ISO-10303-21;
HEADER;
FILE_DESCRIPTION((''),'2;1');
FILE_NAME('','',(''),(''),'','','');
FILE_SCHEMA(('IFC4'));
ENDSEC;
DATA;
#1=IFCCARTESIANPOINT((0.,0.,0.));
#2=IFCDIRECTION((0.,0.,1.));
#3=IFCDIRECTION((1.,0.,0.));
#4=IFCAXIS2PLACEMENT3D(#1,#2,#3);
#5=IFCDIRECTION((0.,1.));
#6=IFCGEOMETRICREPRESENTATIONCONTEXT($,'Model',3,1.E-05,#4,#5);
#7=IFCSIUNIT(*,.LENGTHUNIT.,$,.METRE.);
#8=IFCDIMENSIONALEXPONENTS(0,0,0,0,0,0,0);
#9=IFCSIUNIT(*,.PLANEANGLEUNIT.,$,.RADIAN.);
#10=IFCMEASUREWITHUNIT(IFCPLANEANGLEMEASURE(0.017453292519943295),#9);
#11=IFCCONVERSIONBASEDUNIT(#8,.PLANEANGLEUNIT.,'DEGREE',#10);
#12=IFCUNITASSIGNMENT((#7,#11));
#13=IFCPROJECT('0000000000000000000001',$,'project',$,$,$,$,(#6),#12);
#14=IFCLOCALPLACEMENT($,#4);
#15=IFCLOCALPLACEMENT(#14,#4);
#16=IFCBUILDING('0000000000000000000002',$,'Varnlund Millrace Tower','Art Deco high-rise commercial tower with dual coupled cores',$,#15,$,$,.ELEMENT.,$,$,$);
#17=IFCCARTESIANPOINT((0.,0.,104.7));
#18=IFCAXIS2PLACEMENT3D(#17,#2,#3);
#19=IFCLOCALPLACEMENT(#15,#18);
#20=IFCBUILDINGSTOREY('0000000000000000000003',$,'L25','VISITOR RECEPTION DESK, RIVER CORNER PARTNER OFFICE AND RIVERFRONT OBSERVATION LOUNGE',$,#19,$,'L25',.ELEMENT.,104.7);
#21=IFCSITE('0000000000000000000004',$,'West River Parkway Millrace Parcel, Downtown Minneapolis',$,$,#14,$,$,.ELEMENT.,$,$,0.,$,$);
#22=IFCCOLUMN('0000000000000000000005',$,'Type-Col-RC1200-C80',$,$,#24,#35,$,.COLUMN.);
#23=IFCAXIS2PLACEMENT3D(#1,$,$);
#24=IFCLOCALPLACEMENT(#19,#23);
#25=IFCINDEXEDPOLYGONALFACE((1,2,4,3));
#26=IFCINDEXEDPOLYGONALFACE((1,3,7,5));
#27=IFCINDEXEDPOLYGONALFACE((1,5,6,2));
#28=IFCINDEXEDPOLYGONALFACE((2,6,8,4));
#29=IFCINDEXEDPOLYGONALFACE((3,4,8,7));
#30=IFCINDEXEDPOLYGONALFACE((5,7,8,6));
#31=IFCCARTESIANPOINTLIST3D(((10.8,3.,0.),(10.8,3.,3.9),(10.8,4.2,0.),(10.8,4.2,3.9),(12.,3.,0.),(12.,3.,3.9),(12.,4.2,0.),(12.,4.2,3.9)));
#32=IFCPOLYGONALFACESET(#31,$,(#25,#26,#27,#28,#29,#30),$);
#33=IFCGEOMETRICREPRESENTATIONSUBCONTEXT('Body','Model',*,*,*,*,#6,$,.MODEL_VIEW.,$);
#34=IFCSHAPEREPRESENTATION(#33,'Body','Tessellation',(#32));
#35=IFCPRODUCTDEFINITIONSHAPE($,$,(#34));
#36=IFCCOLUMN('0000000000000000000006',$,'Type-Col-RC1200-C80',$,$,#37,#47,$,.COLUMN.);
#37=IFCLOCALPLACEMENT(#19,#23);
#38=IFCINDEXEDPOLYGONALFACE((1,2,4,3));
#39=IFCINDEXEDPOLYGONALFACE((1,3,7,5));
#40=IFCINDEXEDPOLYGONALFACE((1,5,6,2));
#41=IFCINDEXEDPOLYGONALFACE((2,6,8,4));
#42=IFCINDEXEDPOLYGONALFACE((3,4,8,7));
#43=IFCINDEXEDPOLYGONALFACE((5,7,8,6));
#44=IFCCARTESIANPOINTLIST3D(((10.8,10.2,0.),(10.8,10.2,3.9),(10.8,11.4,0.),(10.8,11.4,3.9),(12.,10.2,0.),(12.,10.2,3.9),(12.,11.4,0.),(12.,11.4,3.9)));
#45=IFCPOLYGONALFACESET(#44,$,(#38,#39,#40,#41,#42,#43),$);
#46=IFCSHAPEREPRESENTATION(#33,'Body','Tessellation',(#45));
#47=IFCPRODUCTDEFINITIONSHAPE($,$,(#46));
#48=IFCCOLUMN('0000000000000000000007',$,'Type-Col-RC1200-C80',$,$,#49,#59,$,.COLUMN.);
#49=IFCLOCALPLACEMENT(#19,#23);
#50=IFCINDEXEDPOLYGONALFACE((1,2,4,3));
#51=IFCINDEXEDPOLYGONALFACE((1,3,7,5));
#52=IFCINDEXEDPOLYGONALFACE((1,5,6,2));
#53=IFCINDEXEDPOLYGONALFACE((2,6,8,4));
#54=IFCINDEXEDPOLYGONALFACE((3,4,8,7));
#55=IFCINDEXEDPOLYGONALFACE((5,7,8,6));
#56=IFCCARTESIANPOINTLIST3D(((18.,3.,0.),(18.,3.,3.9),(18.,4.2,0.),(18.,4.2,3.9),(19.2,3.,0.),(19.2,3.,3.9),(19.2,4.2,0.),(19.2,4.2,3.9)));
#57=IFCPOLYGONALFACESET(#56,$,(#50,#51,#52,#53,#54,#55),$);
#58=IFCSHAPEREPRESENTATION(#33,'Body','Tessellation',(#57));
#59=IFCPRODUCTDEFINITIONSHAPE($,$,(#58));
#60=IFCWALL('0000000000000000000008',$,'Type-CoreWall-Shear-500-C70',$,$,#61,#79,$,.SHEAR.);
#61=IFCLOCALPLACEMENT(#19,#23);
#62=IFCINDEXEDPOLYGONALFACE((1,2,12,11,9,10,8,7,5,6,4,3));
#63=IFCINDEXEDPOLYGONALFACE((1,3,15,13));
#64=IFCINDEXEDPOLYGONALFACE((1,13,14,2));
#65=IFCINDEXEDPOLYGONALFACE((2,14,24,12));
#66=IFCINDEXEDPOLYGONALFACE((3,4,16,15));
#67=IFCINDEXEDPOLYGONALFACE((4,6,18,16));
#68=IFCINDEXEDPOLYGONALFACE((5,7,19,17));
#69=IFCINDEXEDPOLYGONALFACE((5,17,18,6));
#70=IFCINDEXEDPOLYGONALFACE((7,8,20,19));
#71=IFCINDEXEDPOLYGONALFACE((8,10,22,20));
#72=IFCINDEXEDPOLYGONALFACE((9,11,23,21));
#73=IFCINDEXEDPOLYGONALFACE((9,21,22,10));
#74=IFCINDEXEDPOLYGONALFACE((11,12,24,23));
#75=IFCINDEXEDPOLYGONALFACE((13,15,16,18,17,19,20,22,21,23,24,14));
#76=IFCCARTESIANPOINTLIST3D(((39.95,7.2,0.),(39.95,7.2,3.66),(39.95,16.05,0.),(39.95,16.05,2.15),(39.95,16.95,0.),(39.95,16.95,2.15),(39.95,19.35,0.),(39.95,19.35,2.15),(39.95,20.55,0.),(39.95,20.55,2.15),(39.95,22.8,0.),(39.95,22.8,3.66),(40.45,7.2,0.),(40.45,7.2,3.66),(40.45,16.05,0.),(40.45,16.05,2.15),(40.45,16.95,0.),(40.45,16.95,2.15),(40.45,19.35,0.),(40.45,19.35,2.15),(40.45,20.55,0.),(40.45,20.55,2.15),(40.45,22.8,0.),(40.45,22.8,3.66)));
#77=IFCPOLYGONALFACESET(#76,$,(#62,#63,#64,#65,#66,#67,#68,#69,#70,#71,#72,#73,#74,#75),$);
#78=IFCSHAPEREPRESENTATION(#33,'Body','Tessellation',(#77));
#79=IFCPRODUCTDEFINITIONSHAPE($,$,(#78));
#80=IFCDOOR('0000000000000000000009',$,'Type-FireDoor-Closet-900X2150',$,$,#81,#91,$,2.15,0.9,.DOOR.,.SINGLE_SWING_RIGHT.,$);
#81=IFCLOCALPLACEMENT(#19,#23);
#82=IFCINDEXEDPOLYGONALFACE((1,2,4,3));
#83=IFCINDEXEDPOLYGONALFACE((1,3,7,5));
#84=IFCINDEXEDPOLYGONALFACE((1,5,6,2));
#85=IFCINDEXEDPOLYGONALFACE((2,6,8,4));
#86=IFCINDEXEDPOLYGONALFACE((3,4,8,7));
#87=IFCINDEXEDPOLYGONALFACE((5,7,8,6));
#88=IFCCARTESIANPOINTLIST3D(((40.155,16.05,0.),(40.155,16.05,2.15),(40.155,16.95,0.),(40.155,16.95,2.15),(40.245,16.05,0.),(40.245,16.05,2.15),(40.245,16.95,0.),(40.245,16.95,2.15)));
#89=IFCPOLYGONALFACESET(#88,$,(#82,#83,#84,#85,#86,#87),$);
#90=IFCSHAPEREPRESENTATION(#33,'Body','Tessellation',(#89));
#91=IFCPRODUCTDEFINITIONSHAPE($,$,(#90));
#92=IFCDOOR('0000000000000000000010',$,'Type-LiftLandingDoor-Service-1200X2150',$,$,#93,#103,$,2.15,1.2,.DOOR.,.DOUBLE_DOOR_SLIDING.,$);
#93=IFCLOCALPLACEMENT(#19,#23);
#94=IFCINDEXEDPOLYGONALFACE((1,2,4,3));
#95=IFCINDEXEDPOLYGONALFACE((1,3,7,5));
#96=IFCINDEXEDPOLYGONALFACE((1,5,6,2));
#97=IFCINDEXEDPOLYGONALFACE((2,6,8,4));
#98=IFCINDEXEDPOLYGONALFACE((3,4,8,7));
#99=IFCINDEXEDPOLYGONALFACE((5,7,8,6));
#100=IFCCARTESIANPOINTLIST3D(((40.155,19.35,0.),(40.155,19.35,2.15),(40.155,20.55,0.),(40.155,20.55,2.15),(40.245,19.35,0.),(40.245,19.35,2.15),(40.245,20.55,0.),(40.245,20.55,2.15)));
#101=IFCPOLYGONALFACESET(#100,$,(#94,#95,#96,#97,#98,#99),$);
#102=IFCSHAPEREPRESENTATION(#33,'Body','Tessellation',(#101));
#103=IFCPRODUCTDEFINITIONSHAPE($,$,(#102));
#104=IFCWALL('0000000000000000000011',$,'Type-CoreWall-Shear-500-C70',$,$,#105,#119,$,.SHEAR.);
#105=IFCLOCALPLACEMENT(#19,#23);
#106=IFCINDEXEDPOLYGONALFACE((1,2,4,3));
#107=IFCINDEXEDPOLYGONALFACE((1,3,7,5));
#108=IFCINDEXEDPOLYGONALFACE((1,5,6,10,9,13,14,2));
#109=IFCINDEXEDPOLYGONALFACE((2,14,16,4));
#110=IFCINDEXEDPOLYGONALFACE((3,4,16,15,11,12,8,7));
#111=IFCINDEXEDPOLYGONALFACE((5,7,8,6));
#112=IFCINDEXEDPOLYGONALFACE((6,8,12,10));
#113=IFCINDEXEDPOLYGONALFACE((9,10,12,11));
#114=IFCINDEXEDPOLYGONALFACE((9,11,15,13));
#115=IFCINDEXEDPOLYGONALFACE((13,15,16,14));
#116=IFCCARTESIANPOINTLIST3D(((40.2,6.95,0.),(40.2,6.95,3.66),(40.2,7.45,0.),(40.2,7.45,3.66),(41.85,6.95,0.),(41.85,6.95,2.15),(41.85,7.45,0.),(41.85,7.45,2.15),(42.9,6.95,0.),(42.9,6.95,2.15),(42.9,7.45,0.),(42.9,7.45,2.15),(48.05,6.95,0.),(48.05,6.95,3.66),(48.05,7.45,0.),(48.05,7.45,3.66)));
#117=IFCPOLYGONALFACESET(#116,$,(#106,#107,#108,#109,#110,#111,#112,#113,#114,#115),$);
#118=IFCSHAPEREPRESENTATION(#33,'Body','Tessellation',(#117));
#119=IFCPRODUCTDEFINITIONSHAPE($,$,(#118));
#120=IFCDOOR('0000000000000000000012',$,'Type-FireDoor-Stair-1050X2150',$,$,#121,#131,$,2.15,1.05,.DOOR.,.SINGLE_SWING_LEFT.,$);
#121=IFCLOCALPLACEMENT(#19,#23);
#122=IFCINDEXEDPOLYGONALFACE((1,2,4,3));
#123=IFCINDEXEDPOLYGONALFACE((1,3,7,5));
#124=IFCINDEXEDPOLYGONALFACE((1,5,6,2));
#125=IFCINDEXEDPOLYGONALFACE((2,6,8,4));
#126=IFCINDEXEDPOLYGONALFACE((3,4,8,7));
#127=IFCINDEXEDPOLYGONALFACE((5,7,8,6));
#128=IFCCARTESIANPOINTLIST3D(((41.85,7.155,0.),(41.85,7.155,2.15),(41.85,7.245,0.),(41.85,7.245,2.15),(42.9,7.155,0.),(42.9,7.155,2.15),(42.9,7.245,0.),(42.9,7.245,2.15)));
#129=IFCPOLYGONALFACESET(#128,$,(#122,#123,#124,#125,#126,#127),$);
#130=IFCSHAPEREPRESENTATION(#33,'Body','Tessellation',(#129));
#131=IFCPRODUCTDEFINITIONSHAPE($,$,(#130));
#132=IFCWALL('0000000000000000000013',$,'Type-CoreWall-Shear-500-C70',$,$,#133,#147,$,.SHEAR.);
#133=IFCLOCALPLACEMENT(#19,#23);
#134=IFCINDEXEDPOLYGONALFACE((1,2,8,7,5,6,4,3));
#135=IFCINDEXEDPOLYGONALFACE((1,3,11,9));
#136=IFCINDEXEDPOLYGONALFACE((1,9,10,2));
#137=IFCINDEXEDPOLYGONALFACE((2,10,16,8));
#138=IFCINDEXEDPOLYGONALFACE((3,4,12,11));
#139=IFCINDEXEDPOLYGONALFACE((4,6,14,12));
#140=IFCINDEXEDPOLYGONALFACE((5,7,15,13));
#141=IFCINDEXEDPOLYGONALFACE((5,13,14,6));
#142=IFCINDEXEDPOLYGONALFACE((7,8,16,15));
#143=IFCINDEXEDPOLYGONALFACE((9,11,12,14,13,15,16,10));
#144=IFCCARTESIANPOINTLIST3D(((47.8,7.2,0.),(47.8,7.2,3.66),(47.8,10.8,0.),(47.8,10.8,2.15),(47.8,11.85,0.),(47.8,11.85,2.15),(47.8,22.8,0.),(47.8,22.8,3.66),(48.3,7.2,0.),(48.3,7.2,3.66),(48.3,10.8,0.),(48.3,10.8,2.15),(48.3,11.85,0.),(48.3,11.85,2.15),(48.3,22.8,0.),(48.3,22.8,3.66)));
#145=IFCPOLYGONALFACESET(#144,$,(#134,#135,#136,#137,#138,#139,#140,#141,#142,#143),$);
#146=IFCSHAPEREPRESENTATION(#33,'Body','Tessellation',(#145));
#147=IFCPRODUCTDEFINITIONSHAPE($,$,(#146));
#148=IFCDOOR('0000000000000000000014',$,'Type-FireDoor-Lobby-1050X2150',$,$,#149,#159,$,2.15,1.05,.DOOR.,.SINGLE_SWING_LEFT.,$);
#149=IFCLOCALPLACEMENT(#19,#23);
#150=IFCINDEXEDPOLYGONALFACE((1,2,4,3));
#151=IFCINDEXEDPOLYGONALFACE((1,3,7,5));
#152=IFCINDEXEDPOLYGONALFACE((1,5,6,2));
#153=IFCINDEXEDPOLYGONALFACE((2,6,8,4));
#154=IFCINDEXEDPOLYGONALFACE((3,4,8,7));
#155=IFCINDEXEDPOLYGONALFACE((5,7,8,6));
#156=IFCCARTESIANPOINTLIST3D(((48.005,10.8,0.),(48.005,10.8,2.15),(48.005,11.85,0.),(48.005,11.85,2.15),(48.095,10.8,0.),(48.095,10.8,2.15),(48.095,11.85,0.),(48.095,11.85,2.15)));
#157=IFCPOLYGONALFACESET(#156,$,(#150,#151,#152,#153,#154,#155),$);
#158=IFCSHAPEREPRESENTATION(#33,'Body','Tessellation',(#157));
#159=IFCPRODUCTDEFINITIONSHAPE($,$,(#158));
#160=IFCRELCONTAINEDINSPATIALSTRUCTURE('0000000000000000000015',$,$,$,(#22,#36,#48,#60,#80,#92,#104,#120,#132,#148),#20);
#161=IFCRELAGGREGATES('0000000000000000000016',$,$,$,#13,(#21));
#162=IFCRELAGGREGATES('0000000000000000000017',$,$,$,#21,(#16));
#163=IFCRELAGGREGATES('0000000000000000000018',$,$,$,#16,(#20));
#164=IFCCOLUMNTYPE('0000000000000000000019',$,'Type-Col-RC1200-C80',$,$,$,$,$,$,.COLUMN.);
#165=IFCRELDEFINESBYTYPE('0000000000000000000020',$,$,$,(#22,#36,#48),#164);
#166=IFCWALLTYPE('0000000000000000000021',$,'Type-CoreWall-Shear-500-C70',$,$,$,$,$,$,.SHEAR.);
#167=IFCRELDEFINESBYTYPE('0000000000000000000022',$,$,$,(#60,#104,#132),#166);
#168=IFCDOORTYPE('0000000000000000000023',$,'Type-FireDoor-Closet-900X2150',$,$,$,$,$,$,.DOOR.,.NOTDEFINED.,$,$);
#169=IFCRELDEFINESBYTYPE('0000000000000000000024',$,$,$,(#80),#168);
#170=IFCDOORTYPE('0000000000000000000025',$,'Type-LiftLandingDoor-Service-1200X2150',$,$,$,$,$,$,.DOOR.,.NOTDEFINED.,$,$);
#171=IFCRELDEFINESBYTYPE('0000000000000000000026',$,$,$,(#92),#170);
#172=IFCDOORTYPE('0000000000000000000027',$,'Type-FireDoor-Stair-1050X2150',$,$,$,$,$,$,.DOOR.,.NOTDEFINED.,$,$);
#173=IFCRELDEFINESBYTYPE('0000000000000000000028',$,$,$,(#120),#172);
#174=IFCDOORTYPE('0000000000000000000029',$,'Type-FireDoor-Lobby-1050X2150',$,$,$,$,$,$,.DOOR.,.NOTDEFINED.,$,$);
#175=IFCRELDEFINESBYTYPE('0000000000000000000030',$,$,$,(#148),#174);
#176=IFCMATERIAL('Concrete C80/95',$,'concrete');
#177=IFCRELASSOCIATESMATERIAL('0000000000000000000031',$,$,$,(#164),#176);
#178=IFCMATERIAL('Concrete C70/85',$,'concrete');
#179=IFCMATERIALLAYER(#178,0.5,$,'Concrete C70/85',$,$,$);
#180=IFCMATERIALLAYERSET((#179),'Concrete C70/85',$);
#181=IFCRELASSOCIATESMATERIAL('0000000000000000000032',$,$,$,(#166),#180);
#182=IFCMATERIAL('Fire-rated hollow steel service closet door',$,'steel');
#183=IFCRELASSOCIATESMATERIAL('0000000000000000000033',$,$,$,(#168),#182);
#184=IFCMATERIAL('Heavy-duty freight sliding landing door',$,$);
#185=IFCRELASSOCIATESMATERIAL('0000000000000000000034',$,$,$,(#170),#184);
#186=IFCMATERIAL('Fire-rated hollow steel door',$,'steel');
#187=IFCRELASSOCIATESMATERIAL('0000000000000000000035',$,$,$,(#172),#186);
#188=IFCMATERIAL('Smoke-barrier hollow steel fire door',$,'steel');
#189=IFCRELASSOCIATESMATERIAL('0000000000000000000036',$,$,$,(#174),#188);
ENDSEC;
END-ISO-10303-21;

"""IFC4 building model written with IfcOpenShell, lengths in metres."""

from ifc_helpers import new_model, entity, si_unit, converted_unit, direction, frame, origin_with_axes, origin_2d_with_axis, place, context, subcontext, project, spatial, polyline, rectangle, outline, extrude, material, layer, layer_set, material_profile, profile_set, type_object, element, fill, save


model = new_model("IFC4")

# Units and contexts
model_context = context("Model", 3, precision=1e-05, world=origin_with_axes(), true_north=direction((0.0, 1.0)))
body_context = subcontext(model_context, "Body", "Model", "MODEL_VIEW")
ifc_project = project(units=[si_unit("LENGTHUNIT", "METRE"), converted_unit("PLANEANGLEUNIT", "DEGREE", entity("IfcPlaneAngleMeasure", 0.017453292519943295), si_unit("PLANEANGLEUNIT", "RADIAN"), dimensions=[0, 0, 0, 0, 0, 0, 0])], contexts=[model_context])

# Site, building, storey
site_placement = place(None, origin_with_axes())
site = spatial("IfcSite", under=ifc_project, at=site_placement, Name="West River Parkway Millrace Parcel, Downtown Minneapolis", CompositionType="ELEMENT", RefElevation=0.0)
building_placement = place(site_placement, origin_with_axes())
building = spatial("IfcBuilding", under=site, at=building_placement, Name="Varnlund Millrace Tower", Description="Art Deco high-rise commercial tower with dual coupled cores", CompositionType="ELEMENT")
storey_placement = place(building_placement, frame((0.0, 0.0, 104.7), z_axis=(0.0, 0.0, 1.0), x_axis=(1.0, 0.0, 0.0)))
storey = spatial("IfcBuildingStorey", under=building, at=storey_placement, Name="L25", Description="VISITOR RECEPTION DESK, RIVER CORNER PARTNER OFFICE AND RIVERFRONT OBSERVATION LOUNGE", LongName="L25", CompositionType="ELEMENT", Elevation=104.7)

# Columns
ifc_material_1 = material(Name="Concrete C80/95", Category="concrete")
ifc_material_profile = material_profile(ifc_material_1, rectangle(XDim=1.2, YDim=1.2, at=origin_2d_with_axis()), Name="Concrete C80/95")
ifc_profile_set = profile_set([ifc_material_profile], Name="Concrete C80/95")
column_type = type_object("IfcColumnType", Name="Type-Col-RC1200-C80", PredefinedType="COLUMN", material=ifc_profile_set)
for number, where, z_axis, x_axis, name in (
    (1, (11.4, 3.6, 0.0), (0.0, 0.0, 1.0), (1.0, 0.0, 0.0), "Type-Col-RC1200-C80"),
    (2, (11.4, 10.8, 0.0), (0.0, 0.0, 1.0), (1.0, 0.0, 0.0), "Type-Col-RC1200-C80"),
    (3, (18.6, 3.6, 0.0), (0.0, 0.0, 1.0), (1.0, 0.0, 0.0), "Type-Col-RC1200-C80"),
):
    element("IfcColumn", number, at=place(storey_placement, frame(where, z_axis=z_axis, x_axis=x_axis)), inside=storey, type_object=column_type, Name=name, PredefinedType="COLUMN", context=body_context, shape_type="SweptSolid", body=[
        extrude(rectangle(XDim=1.2, YDim=1.2, at=origin_2d_with_axis()), origin_with_axes(), (0.0, 0.0, 1.0), 3.9),
    ])

# Wall, openings, doors
ifc_material_2 = material(Name="Concrete C70/85", Category="concrete")
ifc_layer_1 = layer(ifc_material_2, 0.5, Name="Concrete C70/85")
ifc_layer_set_1 = layer_set([ifc_layer_1], Name="Concrete C70/85")
wall_type_1 = type_object("IfcWallType", Name="Type-CoreWall-Shear-500-C70", PredefinedType="SHEAR", material=ifc_layer_set_1)
wall_1_placement = place(storey_placement, frame((40.2, 7.2, 0.0), z_axis=(0.0, 0.0, 1.0), x_axis=(0.0, 1.0, 0.0)))
wall_1 = element("IfcWall", 4, at=wall_1_placement, inside=storey, type_object=wall_type_1, Name="Type-CoreWall-Shear-500-C70", PredefinedType="SHEAR", context=body_context, shape_type="SweptSolid", body=[
    extrude(outline(polyline([(0.0, -0.25), (15.6, -0.25), (15.6, 0.25), (0.0, 0.25), (0.0, -0.25)])), origin_with_axes(), (0.0, 0.0, 1.0), 3.66),
])
opening_1_placement = place(wall_1_placement, frame((12.75, 0.0, 0.0), z_axis=(0.0, 0.0, 1.0), x_axis=(1.0, 0.0, 0.0)))
opening_1 = element("IfcOpeningElement", 5, at=opening_1_placement, cuts=wall_1, PredefinedType="OPENING", context=body_context, shape_type="SweptSolid", body=[
    extrude(rectangle(XDim=1.2, YDim=0.52, at=origin_2d_with_axis()), origin_with_axes(), (0.0, 0.0, 1.0), 2.15),
])
opening_2_placement = place(wall_1_placement, frame((9.3, 0.0, 0.0), z_axis=(0.0, 0.0, 1.0), x_axis=(1.0, 0.0, 0.0)))
opening_2 = element("IfcOpeningElement", 6, at=opening_2_placement, cuts=wall_1, PredefinedType="OPENING", context=body_context, shape_type="SweptSolid", body=[
    extrude(rectangle(XDim=0.9, YDim=0.52, at=origin_2d_with_axis()), origin_with_axes(), (0.0, 0.0, 1.0), 2.15),
])
ifc_material_3 = material(Name="Fire-rated hollow steel service closet door", Category="steel")
door_type_1 = type_object("IfcDoorType", Name="Type-FireDoor-Closet-900X2150", OperationType="NOTDEFINED", PredefinedType="DOOR", material=ifc_material_3)
door_1_placement = place(wall_1_placement, frame((9.3, 0.0, 0.0), z_axis=(0.0, 0.0, 1.0), x_axis=(1.0, 0.0, 0.0)))
door_1 = element("IfcDoor", 7, at=door_1_placement, inside=storey, type_object=door_type_1, Name="Type-FireDoor-Closet-900X2150", OperationType="SINGLE_SWING_RIGHT", OverallHeight=2.15, OverallWidth=0.9, PredefinedType="DOOR", context=body_context, shape_type="SweptSolid", body=[
    extrude(rectangle(XDim=0.9, YDim=0.09, at=origin_2d_with_axis()), origin_with_axes(), (0.0, 0.0, 1.0), 2.15),
])
fill(opening_2, door_1)
ifc_material_4 = material(Name="Heavy-duty freight sliding landing door")
door_type_2 = type_object("IfcDoorType", Name="Type-LiftLandingDoor-Service-1200X2150", OperationType="NOTDEFINED", PredefinedType="DOOR", material=ifc_material_4)
door_2_placement = place(wall_1_placement, frame((12.75, 0.0, 0.0), z_axis=(0.0, 0.0, 1.0), x_axis=(1.0, 0.0, 0.0)))
door_2 = element("IfcDoor", 8, at=door_2_placement, inside=storey, type_object=door_type_2, Name="Type-LiftLandingDoor-Service-1200X2150", OperationType="DOUBLE_DOOR_SLIDING", OverallHeight=2.15, OverallWidth=1.2, PredefinedType="DOOR", context=body_context, shape_type="SweptSolid", body=[
    extrude(rectangle(XDim=1.2, YDim=0.09, at=origin_2d_with_axis()), origin_with_axes(), (0.0, 0.0, 1.0), 2.15),
])
fill(opening_1, door_2)

# Walls, openings, doors
wall_2_placement = place(storey_placement, frame((40.2, 7.2, 0.0), z_axis=(0.0, 0.0, 1.0), x_axis=(1.0, 0.0, 0.0)))
wall_2 = element("IfcWall", 9, at=wall_2_placement, inside=storey, type_object=wall_type_1, Name="Type-CoreWall-Shear-500-C70", PredefinedType="SHEAR", context=body_context, shape_type="SweptSolid", body=[
    extrude(outline(polyline([(0.0, -0.25), (7.85, -0.25), (7.85, 0.25), (0.0, 0.25), (0.0, -0.25)])), origin_with_axes(), (0.0, 0.0, 1.0), 3.66),
])
opening_3_placement = place(wall_2_placement, frame((2.175, 0.0, 0.0), z_axis=(0.0, 0.0, 1.0), x_axis=(1.0, 0.0, 0.0)))
opening_3 = element("IfcOpeningElement", 10, at=opening_3_placement, cuts=wall_2, PredefinedType="OPENING", context=body_context, shape_type="SweptSolid", body=[
    extrude(rectangle(XDim=1.05, YDim=0.52, at=origin_2d_with_axis()), origin_with_axes(), (0.0, 0.0, 1.0), 2.15),
])
ifc_material_5 = material(Name="Fire-rated hollow steel door", Category="steel")
door_type_3 = type_object("IfcDoorType", Name="Type-FireDoor-Stair-1050X2150", OperationType="NOTDEFINED", PredefinedType="DOOR", material=ifc_material_5)
door_3_placement = place(wall_2_placement, frame((2.175, 0.0, 0.0), z_axis=(0.0, 0.0, 1.0), x_axis=(1.0, 0.0, 0.0)))
door_3 = element("IfcDoor", 11, at=door_3_placement, inside=storey, type_object=door_type_3, Name="Type-FireDoor-Stair-1050X2150", OperationType="SINGLE_SWING_LEFT", OverallHeight=2.15, OverallWidth=1.05, PredefinedType="DOOR", context=body_context, shape_type="SweptSolid", body=[
    extrude(rectangle(XDim=1.05, YDim=0.09, at=origin_2d_with_axis()), origin_with_axes(), (0.0, 0.0, 1.0), 2.15),
])
fill(opening_3, door_3)
wall_3_placement = place(storey_placement, frame((48.05, 7.2, 0.0), z_axis=(0.0, 0.0, 1.0), x_axis=(0.0, 1.0, 0.0)))
wall_3 = element("IfcWall", 12, at=wall_3_placement, inside=storey, type_object=wall_type_1, Name="Type-CoreWall-Shear-500-C70", PredefinedType="SHEAR", context=body_context, shape_type="SweptSolid", body=[
    extrude(outline(polyline([(0.0, -0.25), (15.6, -0.25), (15.6, 0.25), (0.0, 0.25), (0.0, -0.25)])), origin_with_axes(), (0.0, 0.0, 1.0), 3.66),
])
opening_4_placement = place(wall_3_placement, frame((4.125, 0.0, 0.0), z_axis=(0.0, 0.0, 1.0), x_axis=(1.0, 0.0, 0.0)))
opening_4 = element("IfcOpeningElement", 13, at=opening_4_placement, cuts=wall_3, PredefinedType="OPENING", context=body_context, shape_type="SweptSolid", body=[
    extrude(rectangle(XDim=1.05, YDim=0.52, at=origin_2d_with_axis()), origin_with_axes(), (0.0, 0.0, 1.0), 2.15),
])
ifc_material_6 = material(Name="Smoke-barrier hollow steel fire door", Category="steel")
door_type_4 = type_object("IfcDoorType", Name="Type-FireDoor-Lobby-1050X2150", OperationType="NOTDEFINED", PredefinedType="DOOR", material=ifc_material_6)
door_4_placement = place(wall_3_placement, frame((4.125, 0.0, 0.0), z_axis=(0.0, 0.0, 1.0), x_axis=(1.0, 0.0, 0.0)))
door_4 = element("IfcDoor", 14, at=door_4_placement, inside=storey, type_object=door_type_4, Name="Type-FireDoor-Lobby-1050X2150", OperationType="SINGLE_SWING_LEFT", OverallHeight=2.15, OverallWidth=1.05, PredefinedType="DOOR", context=body_context, shape_type="SweptSolid", body=[
    extrude(rectangle(XDim=1.05, YDim=0.09, at=origin_2d_with_axis()), origin_with_axes(), (0.0, 0.0, 1.0), 2.15),
])
fill(opening_4, door_4)

save(model, "model.ifc")
